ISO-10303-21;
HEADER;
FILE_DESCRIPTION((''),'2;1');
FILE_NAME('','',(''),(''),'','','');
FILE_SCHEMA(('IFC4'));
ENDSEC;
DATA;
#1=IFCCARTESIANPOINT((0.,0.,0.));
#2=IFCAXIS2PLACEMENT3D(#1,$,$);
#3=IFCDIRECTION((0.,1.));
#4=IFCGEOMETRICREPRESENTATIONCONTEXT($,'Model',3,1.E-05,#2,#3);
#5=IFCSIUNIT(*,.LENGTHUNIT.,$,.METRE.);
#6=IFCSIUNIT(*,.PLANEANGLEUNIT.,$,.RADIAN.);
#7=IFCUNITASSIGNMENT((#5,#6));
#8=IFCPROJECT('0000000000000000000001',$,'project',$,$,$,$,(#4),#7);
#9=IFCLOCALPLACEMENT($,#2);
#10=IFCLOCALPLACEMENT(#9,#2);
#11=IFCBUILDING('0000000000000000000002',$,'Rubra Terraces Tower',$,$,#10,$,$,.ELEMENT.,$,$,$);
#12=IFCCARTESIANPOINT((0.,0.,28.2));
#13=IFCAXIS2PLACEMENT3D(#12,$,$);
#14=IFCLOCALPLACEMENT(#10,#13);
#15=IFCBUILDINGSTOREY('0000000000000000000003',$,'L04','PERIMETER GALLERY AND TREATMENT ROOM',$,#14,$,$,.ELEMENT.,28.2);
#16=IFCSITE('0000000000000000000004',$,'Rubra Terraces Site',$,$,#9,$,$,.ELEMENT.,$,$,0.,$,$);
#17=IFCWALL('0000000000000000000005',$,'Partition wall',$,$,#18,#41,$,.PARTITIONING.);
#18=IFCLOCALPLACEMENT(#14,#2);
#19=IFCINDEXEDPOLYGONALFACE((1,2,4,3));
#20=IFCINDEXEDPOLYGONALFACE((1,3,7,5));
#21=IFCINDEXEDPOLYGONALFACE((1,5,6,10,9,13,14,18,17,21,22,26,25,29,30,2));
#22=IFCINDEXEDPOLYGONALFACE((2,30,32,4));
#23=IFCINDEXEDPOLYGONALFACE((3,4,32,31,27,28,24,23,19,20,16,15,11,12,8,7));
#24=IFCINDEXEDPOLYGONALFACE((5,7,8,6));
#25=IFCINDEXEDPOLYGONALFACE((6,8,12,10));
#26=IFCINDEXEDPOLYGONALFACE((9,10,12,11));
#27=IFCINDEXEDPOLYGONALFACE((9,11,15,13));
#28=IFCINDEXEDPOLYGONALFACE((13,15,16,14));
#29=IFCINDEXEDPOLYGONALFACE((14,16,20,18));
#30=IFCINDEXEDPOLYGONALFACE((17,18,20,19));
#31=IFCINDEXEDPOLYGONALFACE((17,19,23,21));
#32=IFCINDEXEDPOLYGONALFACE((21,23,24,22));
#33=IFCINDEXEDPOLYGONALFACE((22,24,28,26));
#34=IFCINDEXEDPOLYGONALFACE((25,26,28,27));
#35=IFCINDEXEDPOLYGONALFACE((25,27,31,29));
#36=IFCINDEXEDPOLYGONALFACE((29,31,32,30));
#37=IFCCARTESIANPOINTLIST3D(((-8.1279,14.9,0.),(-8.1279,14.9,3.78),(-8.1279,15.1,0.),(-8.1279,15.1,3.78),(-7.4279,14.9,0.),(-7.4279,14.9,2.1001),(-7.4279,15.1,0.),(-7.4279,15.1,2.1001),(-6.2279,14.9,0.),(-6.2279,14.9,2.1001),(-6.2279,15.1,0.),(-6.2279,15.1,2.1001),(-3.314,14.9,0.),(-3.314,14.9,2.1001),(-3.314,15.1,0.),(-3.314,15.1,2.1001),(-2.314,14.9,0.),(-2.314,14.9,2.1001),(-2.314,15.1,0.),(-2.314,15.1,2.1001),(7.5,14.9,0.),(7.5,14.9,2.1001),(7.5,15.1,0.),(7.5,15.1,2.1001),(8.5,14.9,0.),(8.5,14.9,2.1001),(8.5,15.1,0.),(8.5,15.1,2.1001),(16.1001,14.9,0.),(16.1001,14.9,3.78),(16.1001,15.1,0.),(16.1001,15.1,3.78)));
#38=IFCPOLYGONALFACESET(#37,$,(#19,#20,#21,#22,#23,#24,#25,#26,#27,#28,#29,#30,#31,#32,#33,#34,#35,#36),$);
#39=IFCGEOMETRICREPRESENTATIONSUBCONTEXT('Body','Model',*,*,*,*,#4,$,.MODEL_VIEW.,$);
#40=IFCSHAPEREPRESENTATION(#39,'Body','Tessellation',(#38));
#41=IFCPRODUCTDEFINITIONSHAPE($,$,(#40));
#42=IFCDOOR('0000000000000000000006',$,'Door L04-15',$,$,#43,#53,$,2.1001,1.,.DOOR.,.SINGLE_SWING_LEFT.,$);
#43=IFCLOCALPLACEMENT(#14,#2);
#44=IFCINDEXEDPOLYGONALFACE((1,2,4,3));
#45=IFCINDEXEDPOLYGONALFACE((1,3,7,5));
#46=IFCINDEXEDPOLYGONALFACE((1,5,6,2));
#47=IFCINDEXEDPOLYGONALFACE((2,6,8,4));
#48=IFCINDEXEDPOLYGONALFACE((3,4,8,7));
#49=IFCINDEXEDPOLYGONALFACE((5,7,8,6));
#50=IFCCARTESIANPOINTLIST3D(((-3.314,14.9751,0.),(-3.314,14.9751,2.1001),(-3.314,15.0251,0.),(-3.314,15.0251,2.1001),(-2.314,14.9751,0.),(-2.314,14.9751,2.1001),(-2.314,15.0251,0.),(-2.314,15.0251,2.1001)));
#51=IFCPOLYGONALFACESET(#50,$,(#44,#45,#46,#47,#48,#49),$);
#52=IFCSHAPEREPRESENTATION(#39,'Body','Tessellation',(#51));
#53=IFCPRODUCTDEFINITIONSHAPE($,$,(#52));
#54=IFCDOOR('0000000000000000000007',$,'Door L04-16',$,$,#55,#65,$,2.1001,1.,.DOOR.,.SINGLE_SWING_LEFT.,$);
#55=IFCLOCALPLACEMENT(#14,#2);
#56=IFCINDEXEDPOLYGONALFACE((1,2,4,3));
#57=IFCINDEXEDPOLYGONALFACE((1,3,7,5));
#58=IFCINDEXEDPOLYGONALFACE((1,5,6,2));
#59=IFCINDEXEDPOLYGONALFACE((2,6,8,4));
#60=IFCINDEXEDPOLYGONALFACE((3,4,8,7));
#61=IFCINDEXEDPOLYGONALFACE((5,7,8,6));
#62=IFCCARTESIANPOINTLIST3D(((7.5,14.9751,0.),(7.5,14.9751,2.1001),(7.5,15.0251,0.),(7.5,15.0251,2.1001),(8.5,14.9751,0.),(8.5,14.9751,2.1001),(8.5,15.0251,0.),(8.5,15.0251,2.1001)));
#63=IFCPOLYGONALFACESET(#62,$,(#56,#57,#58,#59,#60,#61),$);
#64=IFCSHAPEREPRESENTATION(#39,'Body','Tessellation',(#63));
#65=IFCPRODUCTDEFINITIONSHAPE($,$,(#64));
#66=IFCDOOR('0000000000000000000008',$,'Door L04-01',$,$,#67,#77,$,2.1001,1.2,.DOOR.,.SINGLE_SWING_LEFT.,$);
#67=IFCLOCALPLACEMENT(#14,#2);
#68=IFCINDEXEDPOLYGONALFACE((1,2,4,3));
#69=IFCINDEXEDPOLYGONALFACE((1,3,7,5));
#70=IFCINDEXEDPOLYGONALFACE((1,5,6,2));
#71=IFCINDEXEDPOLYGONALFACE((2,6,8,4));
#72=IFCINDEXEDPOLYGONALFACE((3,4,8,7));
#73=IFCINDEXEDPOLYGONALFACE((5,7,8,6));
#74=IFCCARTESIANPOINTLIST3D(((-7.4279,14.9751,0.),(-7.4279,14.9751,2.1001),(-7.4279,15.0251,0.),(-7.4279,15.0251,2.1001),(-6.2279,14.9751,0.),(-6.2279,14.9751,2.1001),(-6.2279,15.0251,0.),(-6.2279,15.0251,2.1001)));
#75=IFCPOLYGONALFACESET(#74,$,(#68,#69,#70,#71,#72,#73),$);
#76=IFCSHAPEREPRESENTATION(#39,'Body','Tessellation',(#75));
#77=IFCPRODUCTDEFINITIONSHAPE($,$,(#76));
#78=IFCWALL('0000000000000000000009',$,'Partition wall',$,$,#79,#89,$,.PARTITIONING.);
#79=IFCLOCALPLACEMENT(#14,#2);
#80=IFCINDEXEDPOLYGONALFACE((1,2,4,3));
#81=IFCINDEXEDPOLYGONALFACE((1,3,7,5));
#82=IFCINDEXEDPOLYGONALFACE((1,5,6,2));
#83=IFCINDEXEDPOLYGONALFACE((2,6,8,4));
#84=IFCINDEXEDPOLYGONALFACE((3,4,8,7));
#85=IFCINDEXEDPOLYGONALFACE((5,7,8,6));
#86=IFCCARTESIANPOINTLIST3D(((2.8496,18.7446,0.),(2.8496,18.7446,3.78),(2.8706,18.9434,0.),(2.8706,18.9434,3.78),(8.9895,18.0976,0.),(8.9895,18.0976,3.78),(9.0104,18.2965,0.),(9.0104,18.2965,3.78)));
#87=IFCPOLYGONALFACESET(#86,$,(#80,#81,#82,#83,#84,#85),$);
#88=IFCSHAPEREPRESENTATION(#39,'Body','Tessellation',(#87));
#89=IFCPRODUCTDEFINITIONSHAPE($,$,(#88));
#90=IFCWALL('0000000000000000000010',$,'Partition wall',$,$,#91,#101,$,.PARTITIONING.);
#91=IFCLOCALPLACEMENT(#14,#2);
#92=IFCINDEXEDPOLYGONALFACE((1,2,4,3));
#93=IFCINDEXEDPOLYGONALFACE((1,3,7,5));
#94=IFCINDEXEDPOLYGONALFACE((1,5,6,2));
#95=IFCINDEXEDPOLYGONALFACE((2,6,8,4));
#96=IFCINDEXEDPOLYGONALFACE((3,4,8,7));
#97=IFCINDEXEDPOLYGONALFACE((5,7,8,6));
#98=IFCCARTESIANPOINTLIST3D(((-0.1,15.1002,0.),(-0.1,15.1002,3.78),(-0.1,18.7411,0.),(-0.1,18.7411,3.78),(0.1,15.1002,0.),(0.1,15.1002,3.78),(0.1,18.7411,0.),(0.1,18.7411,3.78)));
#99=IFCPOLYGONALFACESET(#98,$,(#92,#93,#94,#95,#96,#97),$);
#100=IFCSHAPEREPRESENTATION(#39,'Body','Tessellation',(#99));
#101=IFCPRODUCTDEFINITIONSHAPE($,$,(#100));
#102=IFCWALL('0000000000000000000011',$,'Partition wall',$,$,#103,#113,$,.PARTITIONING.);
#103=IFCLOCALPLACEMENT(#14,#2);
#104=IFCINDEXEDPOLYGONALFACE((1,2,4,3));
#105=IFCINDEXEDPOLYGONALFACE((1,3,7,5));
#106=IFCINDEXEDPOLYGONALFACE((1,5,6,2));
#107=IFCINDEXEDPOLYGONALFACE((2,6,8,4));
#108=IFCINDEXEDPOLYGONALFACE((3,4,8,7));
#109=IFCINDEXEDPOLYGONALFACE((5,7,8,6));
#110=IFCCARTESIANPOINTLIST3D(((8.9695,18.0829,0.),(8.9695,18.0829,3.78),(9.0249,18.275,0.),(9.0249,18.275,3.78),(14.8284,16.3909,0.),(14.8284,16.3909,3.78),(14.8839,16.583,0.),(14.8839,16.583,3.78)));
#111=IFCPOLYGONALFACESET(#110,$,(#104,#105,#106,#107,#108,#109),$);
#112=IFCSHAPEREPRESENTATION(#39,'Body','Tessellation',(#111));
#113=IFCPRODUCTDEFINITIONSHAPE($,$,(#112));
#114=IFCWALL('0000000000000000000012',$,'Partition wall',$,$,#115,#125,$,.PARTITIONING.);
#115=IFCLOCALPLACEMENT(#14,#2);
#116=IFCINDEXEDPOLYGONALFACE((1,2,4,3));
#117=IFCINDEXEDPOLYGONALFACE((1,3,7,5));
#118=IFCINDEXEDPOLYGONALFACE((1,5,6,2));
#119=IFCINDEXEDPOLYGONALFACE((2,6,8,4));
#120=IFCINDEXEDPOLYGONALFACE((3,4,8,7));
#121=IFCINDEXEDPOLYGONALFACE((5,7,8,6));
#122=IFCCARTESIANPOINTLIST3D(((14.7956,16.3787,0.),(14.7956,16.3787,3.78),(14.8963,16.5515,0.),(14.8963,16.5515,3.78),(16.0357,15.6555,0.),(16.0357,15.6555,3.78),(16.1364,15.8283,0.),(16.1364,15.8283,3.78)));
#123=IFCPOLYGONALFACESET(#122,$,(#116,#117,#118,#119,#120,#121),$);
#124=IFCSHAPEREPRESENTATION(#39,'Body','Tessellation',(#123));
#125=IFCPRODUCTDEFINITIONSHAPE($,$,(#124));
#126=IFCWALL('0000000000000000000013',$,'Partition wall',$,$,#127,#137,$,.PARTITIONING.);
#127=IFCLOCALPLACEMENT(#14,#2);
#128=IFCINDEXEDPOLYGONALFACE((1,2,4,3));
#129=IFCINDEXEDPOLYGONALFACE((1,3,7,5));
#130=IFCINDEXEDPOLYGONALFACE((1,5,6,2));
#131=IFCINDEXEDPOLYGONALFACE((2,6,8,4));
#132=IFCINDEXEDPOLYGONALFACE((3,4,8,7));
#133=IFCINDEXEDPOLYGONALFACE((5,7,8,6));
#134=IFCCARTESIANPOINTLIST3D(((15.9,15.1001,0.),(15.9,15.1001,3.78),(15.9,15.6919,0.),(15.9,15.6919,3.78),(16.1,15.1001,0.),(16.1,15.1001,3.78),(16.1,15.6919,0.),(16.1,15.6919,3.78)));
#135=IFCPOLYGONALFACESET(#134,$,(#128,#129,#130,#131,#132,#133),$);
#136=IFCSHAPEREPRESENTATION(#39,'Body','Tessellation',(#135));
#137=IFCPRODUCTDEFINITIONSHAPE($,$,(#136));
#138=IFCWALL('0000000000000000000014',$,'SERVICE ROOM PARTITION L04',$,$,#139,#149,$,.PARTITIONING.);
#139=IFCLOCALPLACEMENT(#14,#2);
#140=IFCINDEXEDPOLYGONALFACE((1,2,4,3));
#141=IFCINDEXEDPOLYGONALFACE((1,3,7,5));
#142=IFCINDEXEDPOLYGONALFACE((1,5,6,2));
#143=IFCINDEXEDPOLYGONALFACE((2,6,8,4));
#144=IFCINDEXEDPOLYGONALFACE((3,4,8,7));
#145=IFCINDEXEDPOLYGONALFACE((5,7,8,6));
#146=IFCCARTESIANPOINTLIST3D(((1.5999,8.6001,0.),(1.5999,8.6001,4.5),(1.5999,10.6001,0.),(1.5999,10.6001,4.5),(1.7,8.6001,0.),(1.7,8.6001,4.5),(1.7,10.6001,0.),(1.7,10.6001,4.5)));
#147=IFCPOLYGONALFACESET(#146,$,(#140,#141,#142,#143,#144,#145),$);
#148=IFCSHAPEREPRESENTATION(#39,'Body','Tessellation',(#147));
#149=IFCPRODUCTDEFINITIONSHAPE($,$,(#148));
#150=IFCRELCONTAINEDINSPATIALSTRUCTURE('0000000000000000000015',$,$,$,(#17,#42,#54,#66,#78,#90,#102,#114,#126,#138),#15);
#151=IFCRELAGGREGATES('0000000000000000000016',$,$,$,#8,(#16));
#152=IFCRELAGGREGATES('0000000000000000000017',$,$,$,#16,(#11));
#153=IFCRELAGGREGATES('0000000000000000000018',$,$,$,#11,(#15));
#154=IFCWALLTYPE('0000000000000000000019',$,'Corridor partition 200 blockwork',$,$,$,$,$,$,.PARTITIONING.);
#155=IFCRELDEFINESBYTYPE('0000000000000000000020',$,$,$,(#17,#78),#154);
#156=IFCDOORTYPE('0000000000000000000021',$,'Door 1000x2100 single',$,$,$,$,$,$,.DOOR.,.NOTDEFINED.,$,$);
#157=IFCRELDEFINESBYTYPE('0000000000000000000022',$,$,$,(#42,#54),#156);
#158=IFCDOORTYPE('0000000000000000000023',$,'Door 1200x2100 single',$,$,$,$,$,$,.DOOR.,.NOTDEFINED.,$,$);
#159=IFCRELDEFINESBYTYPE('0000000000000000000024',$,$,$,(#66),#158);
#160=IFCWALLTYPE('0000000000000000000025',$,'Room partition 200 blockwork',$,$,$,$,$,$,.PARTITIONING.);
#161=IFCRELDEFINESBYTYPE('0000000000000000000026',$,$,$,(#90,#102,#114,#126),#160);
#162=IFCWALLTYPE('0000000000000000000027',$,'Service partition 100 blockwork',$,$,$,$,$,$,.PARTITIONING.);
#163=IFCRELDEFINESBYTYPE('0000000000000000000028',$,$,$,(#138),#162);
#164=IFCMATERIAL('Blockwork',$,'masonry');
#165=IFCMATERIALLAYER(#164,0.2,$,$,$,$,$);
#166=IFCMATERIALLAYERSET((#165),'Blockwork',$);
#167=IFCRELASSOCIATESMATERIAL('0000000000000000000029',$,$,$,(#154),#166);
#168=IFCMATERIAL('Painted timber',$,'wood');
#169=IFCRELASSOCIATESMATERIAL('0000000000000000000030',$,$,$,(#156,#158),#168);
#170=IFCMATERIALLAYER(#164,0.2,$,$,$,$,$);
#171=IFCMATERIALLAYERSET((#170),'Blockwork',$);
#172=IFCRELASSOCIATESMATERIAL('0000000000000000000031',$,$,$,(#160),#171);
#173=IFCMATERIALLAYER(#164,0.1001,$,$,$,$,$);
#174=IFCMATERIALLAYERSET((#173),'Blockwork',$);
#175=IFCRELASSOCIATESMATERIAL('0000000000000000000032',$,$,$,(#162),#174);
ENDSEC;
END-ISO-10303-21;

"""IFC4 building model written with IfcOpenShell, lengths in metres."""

from ifc_helpers import new_model, si_unit, direction, frame, frame_2d, origin, place, context, subcontext, project, spatial, rectangle, extrude, material, layer, layer_set, type_object, element, fill, save


model = new_model("IFC4")

# Units and contexts
model_context = context("Model", 3, precision=1e-05, world=origin(), true_north=direction((0.0, 1.0)))
body_context = subcontext(model_context, "Body", "Model", "MODEL_VIEW")
ifc_project = project(units=[si_unit("LENGTHUNIT", "METRE"), si_unit("PLANEANGLEUNIT", "RADIAN")], contexts=[model_context])

# Site, building, storey
site_placement = place(None, origin())
site = spatial("IfcSite", under=ifc_project, at=site_placement, Name="Rubra Terraces Site", CompositionType="ELEMENT", RefElevation=0.0)
building_placement = place(site_placement, origin())
building = spatial("IfcBuilding", under=site, at=building_placement, Name="Rubra Terraces Tower", CompositionType="ELEMENT")
storey_placement = place(building_placement, frame((0.0, 0.0, 28.2)))
storey = spatial("IfcBuildingStorey", under=building, at=storey_placement, Name="L04", Description="PERIMETER GALLERY AND TREATMENT ROOM", CompositionType="ELEMENT", Elevation=28.2)

# Wall, openings, doors
ifc_material_1 = material(Name="Blockwork", Category="masonry")
ifc_layer_1 = layer(ifc_material_1, 0.2)
ifc_layer_set_1 = layer_set([ifc_layer_1], Name="Blockwork")
wall_type_1 = type_object("IfcWallType", Name="Corridor partition 200 blockwork", PredefinedType="PARTITIONING", material=ifc_layer_set_1)
wall_1_placement = place(storey_placement, frame((16.1001, 15.0, 0.0), z_axis=(0.0, 0.0, 1.0), x_axis=(-1.0, 0.0, 0.0)))
wall_1 = element("IfcWall", 1, at=wall_1_placement, inside=storey, type_object=wall_type_1, Name="Partition wall", PredefinedType="PARTITIONING", context=body_context, shape_type="SweptSolid", body=[
    extrude(rectangle(XDim=24.228, YDim=0.2, at=frame_2d((12.114, 0.0))), origin(), (0.0, 0.0, 1.0), 3.78),
])
opening_1_placement = place(wall_1_placement, frame((22.3279, 0.0, 0.0)))
opening_1 = element("IfcOpeningElement", 2, at=opening_1_placement, cuts=wall_1, PredefinedType="OPENING", context=body_context, shape_type="SweptSolid", body=[
    extrude(rectangle(XDim=1.2, YDim=2.1001, at=frame_2d((0.6001, 1.05))), frame((0.0, 0.1099, 0.0), z_axis=(0.0, -1.0, 0.0), x_axis=(1.0, 0.0, 0.0)), (0.0, 0.0, 1.0), 0.22),
])
opening_2_placement = place(wall_1_placement, frame((18.4141, 0.0, 0.0)))
opening_2 = element("IfcOpeningElement", 3, at=opening_2_placement, cuts=wall_1, PredefinedType="OPENING", context=body_context, shape_type="SweptSolid", body=[
    extrude(rectangle(XDim=1.0, YDim=2.1001, at=frame_2d((0.5, 1.05))), frame((0.0, 0.1099, 0.0), z_axis=(0.0, -1.0, 0.0), x_axis=(1.0, 0.0, 0.0)), (0.0, 0.0, 1.0), 0.22),
])
opening_3_placement = place(wall_1_placement, frame((7.6001, 0.0, 0.0)))
opening_3 = element("IfcOpeningElement", 4, at=opening_3_placement, cuts=wall_1, PredefinedType="OPENING", context=body_context, shape_type="SweptSolid", body=[
    extrude(rectangle(XDim=1.0, YDim=2.1001, at=frame_2d((0.5, 1.05))), frame((0.0, 0.1099, 0.0), z_axis=(0.0, -1.0, 0.0), x_axis=(1.0, 0.0, 0.0)), (0.0, 0.0, 1.0), 0.22),
])
ifc_material_2 = material(Name="Painted timber", Category="wood")
door_type_1 = type_object("IfcDoorType", Name="Door 1000x2100 single", OperationType="NOTDEFINED", PredefinedType="DOOR", material=ifc_material_2)
door_1_placement = place(opening_2_placement, origin())
door_1 = element("IfcDoor", 5, at=door_1_placement, inside=storey, type_object=door_type_1, Name="Door L04-15", OperationType="SINGLE_SWING_LEFT", OverallHeight=2.1001, OverallWidth=1.0, PredefinedType="DOOR", context=body_context, shape_type="SweptSolid", body=[
    extrude(rectangle(XDim=1.0, YDim=2.1001, at=frame_2d((0.5, 1.05))), frame((0.0, 0.0249, 0.0), z_axis=(0.0, -1.0, 0.0), x_axis=(1.0, 0.0, 0.0)), (0.0, 0.0, 1.0), 0.05),
])
fill(opening_2, door_1)
door_2_placement = place(opening_3_placement, origin())
door_2 = element("IfcDoor", 6, at=door_2_placement, inside=storey, type_object=door_type_1, Name="Door L04-16", OperationType="SINGLE_SWING_LEFT", OverallHeight=2.1001, OverallWidth=1.0, PredefinedType="DOOR", context=body_context, shape_type="SweptSolid", body=[
    extrude(rectangle(XDim=1.0, YDim=2.1001, at=frame_2d((0.5, 1.05))), frame((0.0, 0.0249, 0.0), z_axis=(0.0, -1.0, 0.0), x_axis=(1.0, 0.0, 0.0)), (0.0, 0.0, 1.0), 0.05),
])
fill(opening_3, door_2)
door_type_2 = type_object("IfcDoorType", Name="Door 1200x2100 single", OperationType="NOTDEFINED", PredefinedType="DOOR", material=ifc_material_2)
door_3_placement = place(opening_1_placement, origin())
door_3 = element("IfcDoor", 7, at=door_3_placement, inside=storey, type_object=door_type_2, Name="Door L04-01", OperationType="SINGLE_SWING_LEFT", OverallHeight=2.1001, OverallWidth=1.2, PredefinedType="DOOR", context=body_context, shape_type="SweptSolid", body=[
    extrude(rectangle(XDim=1.2, YDim=2.1001, at=frame_2d((0.6001, 1.05))), frame((0.0, 0.0249, 0.0), z_axis=(0.0, -1.0, 0.0), x_axis=(1.0, 0.0, 0.0)), (0.0, 0.0, 1.0), 0.05),
])
fill(opening_1, door_3)

# Walls
wall_2_placement = place(storey_placement, frame((2.8601, 18.844, 0.0), z_axis=(0.0, 0.0, 1.0), x_axis=(0.994494, -0.104792, 0.0)))
element("IfcWall", 8, at=wall_2_placement, inside=storey, type_object=wall_type_1, Name="Partition wall", PredefinedType="PARTITIONING", context=body_context, shape_type="SweptSolid", body=[
    extrude(rectangle(XDim=6.1738, YDim=0.2, at=frame_2d((3.0869, 0.0))), origin(), (0.0, 0.0, 1.0), 3.78),
])
ifc_layer_2 = layer(ifc_material_1, 0.2)
ifc_layer_set_2 = layer_set([ifc_layer_2], Name="Blockwork")
wall_type_2 = type_object("IfcWallType", Name="Room partition 200 blockwork", PredefinedType="PARTITIONING", material=ifc_layer_set_2)
wall_3_placement = place(storey_placement, frame((0.0, 18.741, 0.0), z_axis=(0.0, 0.0, 1.0), x_axis=(0.0, -1.0, 0.0)))
element("IfcWall", 9, at=wall_3_placement, inside=storey, type_object=wall_type_2, Name="Partition wall", PredefinedType="PARTITIONING", context=body_context, shape_type="SweptSolid", body=[
    extrude(rectangle(XDim=3.6409, YDim=0.2, at=frame_2d((1.8203, 0.0))), origin(), (0.0, 0.0, 1.0), 3.78),
])
wall_4_placement = place(storey_placement, frame((8.9971, 18.179, 0.0), z_axis=(0.0, 0.0, 1.0), x_axis=(0.960744, -0.277438, 0.0)))
element("IfcWall", 10, at=wall_4_placement, inside=storey, type_object=wall_type_2, Name="Partition wall", PredefinedType="PARTITIONING", context=body_context, shape_type="SweptSolid", body=[
    extrude(rectangle(XDim=6.0984, YDim=0.2, at=frame_2d((3.0493, 0.0))), origin(), (0.0, 0.0, 1.0), 3.78),
])
wall_5_placement = place(storey_placement, frame((14.8459, 16.4651, 0.0), z_axis=(0.0, 0.0, 1.0), x_axis=(0.863834, -0.503776, 0.0)))
element("IfcWall", 11, at=wall_5_placement, inside=storey, type_object=wall_type_2, Name="Partition wall", PredefinedType="PARTITIONING", context=body_context, shape_type="SweptSolid", body=[
    extrude(rectangle(XDim=1.4355, YDim=0.2, at=frame_2d((0.7178, 0.0))), origin(), (0.0, 0.0, 1.0), 3.78),
])
wall_6_placement = place(storey_placement, frame((16.0, 15.6919, 0.0), z_axis=(0.0, 0.0, 1.0), x_axis=(0.0, -1.0, 0.0)))
element("IfcWall", 12, at=wall_6_placement, inside=storey, type_object=wall_type_2, Name="Partition wall", PredefinedType="PARTITIONING", context=body_context, shape_type="SweptSolid", body=[
    extrude(rectangle(XDim=0.5918, YDim=0.2, at=frame_2d((0.2959, 0.0))), origin(), (0.0, 0.0, 1.0), 3.78),
])
ifc_layer_3 = layer(ifc_material_1, 0.1001)
ifc_layer_set_3 = layer_set([ifc_layer_3], Name="Blockwork")
wall_type_3 = type_object("IfcWallType", Name="Service partition 100 blockwork", PredefinedType="PARTITIONING", material=ifc_layer_set_3)
wall_7_placement = place(storey_placement, frame((1.6499, 8.6001, 0.0), z_axis=(0.0, 0.0, 1.0), x_axis=(0.0, 1.0, 0.0)))
element("IfcWall", 13, at=wall_7_placement, inside=storey, type_object=wall_type_3, Name="SERVICE ROOM PARTITION L04", PredefinedType="PARTITIONING", context=body_context, shape_type="SweptSolid", body=[
    extrude(rectangle(XDim=2.0, YDim=0.1001, at=frame_2d((1.0, 0.0))), origin(), (0.0, 0.0, 1.0), 4.5),
])

save(model, "model.ifc")
